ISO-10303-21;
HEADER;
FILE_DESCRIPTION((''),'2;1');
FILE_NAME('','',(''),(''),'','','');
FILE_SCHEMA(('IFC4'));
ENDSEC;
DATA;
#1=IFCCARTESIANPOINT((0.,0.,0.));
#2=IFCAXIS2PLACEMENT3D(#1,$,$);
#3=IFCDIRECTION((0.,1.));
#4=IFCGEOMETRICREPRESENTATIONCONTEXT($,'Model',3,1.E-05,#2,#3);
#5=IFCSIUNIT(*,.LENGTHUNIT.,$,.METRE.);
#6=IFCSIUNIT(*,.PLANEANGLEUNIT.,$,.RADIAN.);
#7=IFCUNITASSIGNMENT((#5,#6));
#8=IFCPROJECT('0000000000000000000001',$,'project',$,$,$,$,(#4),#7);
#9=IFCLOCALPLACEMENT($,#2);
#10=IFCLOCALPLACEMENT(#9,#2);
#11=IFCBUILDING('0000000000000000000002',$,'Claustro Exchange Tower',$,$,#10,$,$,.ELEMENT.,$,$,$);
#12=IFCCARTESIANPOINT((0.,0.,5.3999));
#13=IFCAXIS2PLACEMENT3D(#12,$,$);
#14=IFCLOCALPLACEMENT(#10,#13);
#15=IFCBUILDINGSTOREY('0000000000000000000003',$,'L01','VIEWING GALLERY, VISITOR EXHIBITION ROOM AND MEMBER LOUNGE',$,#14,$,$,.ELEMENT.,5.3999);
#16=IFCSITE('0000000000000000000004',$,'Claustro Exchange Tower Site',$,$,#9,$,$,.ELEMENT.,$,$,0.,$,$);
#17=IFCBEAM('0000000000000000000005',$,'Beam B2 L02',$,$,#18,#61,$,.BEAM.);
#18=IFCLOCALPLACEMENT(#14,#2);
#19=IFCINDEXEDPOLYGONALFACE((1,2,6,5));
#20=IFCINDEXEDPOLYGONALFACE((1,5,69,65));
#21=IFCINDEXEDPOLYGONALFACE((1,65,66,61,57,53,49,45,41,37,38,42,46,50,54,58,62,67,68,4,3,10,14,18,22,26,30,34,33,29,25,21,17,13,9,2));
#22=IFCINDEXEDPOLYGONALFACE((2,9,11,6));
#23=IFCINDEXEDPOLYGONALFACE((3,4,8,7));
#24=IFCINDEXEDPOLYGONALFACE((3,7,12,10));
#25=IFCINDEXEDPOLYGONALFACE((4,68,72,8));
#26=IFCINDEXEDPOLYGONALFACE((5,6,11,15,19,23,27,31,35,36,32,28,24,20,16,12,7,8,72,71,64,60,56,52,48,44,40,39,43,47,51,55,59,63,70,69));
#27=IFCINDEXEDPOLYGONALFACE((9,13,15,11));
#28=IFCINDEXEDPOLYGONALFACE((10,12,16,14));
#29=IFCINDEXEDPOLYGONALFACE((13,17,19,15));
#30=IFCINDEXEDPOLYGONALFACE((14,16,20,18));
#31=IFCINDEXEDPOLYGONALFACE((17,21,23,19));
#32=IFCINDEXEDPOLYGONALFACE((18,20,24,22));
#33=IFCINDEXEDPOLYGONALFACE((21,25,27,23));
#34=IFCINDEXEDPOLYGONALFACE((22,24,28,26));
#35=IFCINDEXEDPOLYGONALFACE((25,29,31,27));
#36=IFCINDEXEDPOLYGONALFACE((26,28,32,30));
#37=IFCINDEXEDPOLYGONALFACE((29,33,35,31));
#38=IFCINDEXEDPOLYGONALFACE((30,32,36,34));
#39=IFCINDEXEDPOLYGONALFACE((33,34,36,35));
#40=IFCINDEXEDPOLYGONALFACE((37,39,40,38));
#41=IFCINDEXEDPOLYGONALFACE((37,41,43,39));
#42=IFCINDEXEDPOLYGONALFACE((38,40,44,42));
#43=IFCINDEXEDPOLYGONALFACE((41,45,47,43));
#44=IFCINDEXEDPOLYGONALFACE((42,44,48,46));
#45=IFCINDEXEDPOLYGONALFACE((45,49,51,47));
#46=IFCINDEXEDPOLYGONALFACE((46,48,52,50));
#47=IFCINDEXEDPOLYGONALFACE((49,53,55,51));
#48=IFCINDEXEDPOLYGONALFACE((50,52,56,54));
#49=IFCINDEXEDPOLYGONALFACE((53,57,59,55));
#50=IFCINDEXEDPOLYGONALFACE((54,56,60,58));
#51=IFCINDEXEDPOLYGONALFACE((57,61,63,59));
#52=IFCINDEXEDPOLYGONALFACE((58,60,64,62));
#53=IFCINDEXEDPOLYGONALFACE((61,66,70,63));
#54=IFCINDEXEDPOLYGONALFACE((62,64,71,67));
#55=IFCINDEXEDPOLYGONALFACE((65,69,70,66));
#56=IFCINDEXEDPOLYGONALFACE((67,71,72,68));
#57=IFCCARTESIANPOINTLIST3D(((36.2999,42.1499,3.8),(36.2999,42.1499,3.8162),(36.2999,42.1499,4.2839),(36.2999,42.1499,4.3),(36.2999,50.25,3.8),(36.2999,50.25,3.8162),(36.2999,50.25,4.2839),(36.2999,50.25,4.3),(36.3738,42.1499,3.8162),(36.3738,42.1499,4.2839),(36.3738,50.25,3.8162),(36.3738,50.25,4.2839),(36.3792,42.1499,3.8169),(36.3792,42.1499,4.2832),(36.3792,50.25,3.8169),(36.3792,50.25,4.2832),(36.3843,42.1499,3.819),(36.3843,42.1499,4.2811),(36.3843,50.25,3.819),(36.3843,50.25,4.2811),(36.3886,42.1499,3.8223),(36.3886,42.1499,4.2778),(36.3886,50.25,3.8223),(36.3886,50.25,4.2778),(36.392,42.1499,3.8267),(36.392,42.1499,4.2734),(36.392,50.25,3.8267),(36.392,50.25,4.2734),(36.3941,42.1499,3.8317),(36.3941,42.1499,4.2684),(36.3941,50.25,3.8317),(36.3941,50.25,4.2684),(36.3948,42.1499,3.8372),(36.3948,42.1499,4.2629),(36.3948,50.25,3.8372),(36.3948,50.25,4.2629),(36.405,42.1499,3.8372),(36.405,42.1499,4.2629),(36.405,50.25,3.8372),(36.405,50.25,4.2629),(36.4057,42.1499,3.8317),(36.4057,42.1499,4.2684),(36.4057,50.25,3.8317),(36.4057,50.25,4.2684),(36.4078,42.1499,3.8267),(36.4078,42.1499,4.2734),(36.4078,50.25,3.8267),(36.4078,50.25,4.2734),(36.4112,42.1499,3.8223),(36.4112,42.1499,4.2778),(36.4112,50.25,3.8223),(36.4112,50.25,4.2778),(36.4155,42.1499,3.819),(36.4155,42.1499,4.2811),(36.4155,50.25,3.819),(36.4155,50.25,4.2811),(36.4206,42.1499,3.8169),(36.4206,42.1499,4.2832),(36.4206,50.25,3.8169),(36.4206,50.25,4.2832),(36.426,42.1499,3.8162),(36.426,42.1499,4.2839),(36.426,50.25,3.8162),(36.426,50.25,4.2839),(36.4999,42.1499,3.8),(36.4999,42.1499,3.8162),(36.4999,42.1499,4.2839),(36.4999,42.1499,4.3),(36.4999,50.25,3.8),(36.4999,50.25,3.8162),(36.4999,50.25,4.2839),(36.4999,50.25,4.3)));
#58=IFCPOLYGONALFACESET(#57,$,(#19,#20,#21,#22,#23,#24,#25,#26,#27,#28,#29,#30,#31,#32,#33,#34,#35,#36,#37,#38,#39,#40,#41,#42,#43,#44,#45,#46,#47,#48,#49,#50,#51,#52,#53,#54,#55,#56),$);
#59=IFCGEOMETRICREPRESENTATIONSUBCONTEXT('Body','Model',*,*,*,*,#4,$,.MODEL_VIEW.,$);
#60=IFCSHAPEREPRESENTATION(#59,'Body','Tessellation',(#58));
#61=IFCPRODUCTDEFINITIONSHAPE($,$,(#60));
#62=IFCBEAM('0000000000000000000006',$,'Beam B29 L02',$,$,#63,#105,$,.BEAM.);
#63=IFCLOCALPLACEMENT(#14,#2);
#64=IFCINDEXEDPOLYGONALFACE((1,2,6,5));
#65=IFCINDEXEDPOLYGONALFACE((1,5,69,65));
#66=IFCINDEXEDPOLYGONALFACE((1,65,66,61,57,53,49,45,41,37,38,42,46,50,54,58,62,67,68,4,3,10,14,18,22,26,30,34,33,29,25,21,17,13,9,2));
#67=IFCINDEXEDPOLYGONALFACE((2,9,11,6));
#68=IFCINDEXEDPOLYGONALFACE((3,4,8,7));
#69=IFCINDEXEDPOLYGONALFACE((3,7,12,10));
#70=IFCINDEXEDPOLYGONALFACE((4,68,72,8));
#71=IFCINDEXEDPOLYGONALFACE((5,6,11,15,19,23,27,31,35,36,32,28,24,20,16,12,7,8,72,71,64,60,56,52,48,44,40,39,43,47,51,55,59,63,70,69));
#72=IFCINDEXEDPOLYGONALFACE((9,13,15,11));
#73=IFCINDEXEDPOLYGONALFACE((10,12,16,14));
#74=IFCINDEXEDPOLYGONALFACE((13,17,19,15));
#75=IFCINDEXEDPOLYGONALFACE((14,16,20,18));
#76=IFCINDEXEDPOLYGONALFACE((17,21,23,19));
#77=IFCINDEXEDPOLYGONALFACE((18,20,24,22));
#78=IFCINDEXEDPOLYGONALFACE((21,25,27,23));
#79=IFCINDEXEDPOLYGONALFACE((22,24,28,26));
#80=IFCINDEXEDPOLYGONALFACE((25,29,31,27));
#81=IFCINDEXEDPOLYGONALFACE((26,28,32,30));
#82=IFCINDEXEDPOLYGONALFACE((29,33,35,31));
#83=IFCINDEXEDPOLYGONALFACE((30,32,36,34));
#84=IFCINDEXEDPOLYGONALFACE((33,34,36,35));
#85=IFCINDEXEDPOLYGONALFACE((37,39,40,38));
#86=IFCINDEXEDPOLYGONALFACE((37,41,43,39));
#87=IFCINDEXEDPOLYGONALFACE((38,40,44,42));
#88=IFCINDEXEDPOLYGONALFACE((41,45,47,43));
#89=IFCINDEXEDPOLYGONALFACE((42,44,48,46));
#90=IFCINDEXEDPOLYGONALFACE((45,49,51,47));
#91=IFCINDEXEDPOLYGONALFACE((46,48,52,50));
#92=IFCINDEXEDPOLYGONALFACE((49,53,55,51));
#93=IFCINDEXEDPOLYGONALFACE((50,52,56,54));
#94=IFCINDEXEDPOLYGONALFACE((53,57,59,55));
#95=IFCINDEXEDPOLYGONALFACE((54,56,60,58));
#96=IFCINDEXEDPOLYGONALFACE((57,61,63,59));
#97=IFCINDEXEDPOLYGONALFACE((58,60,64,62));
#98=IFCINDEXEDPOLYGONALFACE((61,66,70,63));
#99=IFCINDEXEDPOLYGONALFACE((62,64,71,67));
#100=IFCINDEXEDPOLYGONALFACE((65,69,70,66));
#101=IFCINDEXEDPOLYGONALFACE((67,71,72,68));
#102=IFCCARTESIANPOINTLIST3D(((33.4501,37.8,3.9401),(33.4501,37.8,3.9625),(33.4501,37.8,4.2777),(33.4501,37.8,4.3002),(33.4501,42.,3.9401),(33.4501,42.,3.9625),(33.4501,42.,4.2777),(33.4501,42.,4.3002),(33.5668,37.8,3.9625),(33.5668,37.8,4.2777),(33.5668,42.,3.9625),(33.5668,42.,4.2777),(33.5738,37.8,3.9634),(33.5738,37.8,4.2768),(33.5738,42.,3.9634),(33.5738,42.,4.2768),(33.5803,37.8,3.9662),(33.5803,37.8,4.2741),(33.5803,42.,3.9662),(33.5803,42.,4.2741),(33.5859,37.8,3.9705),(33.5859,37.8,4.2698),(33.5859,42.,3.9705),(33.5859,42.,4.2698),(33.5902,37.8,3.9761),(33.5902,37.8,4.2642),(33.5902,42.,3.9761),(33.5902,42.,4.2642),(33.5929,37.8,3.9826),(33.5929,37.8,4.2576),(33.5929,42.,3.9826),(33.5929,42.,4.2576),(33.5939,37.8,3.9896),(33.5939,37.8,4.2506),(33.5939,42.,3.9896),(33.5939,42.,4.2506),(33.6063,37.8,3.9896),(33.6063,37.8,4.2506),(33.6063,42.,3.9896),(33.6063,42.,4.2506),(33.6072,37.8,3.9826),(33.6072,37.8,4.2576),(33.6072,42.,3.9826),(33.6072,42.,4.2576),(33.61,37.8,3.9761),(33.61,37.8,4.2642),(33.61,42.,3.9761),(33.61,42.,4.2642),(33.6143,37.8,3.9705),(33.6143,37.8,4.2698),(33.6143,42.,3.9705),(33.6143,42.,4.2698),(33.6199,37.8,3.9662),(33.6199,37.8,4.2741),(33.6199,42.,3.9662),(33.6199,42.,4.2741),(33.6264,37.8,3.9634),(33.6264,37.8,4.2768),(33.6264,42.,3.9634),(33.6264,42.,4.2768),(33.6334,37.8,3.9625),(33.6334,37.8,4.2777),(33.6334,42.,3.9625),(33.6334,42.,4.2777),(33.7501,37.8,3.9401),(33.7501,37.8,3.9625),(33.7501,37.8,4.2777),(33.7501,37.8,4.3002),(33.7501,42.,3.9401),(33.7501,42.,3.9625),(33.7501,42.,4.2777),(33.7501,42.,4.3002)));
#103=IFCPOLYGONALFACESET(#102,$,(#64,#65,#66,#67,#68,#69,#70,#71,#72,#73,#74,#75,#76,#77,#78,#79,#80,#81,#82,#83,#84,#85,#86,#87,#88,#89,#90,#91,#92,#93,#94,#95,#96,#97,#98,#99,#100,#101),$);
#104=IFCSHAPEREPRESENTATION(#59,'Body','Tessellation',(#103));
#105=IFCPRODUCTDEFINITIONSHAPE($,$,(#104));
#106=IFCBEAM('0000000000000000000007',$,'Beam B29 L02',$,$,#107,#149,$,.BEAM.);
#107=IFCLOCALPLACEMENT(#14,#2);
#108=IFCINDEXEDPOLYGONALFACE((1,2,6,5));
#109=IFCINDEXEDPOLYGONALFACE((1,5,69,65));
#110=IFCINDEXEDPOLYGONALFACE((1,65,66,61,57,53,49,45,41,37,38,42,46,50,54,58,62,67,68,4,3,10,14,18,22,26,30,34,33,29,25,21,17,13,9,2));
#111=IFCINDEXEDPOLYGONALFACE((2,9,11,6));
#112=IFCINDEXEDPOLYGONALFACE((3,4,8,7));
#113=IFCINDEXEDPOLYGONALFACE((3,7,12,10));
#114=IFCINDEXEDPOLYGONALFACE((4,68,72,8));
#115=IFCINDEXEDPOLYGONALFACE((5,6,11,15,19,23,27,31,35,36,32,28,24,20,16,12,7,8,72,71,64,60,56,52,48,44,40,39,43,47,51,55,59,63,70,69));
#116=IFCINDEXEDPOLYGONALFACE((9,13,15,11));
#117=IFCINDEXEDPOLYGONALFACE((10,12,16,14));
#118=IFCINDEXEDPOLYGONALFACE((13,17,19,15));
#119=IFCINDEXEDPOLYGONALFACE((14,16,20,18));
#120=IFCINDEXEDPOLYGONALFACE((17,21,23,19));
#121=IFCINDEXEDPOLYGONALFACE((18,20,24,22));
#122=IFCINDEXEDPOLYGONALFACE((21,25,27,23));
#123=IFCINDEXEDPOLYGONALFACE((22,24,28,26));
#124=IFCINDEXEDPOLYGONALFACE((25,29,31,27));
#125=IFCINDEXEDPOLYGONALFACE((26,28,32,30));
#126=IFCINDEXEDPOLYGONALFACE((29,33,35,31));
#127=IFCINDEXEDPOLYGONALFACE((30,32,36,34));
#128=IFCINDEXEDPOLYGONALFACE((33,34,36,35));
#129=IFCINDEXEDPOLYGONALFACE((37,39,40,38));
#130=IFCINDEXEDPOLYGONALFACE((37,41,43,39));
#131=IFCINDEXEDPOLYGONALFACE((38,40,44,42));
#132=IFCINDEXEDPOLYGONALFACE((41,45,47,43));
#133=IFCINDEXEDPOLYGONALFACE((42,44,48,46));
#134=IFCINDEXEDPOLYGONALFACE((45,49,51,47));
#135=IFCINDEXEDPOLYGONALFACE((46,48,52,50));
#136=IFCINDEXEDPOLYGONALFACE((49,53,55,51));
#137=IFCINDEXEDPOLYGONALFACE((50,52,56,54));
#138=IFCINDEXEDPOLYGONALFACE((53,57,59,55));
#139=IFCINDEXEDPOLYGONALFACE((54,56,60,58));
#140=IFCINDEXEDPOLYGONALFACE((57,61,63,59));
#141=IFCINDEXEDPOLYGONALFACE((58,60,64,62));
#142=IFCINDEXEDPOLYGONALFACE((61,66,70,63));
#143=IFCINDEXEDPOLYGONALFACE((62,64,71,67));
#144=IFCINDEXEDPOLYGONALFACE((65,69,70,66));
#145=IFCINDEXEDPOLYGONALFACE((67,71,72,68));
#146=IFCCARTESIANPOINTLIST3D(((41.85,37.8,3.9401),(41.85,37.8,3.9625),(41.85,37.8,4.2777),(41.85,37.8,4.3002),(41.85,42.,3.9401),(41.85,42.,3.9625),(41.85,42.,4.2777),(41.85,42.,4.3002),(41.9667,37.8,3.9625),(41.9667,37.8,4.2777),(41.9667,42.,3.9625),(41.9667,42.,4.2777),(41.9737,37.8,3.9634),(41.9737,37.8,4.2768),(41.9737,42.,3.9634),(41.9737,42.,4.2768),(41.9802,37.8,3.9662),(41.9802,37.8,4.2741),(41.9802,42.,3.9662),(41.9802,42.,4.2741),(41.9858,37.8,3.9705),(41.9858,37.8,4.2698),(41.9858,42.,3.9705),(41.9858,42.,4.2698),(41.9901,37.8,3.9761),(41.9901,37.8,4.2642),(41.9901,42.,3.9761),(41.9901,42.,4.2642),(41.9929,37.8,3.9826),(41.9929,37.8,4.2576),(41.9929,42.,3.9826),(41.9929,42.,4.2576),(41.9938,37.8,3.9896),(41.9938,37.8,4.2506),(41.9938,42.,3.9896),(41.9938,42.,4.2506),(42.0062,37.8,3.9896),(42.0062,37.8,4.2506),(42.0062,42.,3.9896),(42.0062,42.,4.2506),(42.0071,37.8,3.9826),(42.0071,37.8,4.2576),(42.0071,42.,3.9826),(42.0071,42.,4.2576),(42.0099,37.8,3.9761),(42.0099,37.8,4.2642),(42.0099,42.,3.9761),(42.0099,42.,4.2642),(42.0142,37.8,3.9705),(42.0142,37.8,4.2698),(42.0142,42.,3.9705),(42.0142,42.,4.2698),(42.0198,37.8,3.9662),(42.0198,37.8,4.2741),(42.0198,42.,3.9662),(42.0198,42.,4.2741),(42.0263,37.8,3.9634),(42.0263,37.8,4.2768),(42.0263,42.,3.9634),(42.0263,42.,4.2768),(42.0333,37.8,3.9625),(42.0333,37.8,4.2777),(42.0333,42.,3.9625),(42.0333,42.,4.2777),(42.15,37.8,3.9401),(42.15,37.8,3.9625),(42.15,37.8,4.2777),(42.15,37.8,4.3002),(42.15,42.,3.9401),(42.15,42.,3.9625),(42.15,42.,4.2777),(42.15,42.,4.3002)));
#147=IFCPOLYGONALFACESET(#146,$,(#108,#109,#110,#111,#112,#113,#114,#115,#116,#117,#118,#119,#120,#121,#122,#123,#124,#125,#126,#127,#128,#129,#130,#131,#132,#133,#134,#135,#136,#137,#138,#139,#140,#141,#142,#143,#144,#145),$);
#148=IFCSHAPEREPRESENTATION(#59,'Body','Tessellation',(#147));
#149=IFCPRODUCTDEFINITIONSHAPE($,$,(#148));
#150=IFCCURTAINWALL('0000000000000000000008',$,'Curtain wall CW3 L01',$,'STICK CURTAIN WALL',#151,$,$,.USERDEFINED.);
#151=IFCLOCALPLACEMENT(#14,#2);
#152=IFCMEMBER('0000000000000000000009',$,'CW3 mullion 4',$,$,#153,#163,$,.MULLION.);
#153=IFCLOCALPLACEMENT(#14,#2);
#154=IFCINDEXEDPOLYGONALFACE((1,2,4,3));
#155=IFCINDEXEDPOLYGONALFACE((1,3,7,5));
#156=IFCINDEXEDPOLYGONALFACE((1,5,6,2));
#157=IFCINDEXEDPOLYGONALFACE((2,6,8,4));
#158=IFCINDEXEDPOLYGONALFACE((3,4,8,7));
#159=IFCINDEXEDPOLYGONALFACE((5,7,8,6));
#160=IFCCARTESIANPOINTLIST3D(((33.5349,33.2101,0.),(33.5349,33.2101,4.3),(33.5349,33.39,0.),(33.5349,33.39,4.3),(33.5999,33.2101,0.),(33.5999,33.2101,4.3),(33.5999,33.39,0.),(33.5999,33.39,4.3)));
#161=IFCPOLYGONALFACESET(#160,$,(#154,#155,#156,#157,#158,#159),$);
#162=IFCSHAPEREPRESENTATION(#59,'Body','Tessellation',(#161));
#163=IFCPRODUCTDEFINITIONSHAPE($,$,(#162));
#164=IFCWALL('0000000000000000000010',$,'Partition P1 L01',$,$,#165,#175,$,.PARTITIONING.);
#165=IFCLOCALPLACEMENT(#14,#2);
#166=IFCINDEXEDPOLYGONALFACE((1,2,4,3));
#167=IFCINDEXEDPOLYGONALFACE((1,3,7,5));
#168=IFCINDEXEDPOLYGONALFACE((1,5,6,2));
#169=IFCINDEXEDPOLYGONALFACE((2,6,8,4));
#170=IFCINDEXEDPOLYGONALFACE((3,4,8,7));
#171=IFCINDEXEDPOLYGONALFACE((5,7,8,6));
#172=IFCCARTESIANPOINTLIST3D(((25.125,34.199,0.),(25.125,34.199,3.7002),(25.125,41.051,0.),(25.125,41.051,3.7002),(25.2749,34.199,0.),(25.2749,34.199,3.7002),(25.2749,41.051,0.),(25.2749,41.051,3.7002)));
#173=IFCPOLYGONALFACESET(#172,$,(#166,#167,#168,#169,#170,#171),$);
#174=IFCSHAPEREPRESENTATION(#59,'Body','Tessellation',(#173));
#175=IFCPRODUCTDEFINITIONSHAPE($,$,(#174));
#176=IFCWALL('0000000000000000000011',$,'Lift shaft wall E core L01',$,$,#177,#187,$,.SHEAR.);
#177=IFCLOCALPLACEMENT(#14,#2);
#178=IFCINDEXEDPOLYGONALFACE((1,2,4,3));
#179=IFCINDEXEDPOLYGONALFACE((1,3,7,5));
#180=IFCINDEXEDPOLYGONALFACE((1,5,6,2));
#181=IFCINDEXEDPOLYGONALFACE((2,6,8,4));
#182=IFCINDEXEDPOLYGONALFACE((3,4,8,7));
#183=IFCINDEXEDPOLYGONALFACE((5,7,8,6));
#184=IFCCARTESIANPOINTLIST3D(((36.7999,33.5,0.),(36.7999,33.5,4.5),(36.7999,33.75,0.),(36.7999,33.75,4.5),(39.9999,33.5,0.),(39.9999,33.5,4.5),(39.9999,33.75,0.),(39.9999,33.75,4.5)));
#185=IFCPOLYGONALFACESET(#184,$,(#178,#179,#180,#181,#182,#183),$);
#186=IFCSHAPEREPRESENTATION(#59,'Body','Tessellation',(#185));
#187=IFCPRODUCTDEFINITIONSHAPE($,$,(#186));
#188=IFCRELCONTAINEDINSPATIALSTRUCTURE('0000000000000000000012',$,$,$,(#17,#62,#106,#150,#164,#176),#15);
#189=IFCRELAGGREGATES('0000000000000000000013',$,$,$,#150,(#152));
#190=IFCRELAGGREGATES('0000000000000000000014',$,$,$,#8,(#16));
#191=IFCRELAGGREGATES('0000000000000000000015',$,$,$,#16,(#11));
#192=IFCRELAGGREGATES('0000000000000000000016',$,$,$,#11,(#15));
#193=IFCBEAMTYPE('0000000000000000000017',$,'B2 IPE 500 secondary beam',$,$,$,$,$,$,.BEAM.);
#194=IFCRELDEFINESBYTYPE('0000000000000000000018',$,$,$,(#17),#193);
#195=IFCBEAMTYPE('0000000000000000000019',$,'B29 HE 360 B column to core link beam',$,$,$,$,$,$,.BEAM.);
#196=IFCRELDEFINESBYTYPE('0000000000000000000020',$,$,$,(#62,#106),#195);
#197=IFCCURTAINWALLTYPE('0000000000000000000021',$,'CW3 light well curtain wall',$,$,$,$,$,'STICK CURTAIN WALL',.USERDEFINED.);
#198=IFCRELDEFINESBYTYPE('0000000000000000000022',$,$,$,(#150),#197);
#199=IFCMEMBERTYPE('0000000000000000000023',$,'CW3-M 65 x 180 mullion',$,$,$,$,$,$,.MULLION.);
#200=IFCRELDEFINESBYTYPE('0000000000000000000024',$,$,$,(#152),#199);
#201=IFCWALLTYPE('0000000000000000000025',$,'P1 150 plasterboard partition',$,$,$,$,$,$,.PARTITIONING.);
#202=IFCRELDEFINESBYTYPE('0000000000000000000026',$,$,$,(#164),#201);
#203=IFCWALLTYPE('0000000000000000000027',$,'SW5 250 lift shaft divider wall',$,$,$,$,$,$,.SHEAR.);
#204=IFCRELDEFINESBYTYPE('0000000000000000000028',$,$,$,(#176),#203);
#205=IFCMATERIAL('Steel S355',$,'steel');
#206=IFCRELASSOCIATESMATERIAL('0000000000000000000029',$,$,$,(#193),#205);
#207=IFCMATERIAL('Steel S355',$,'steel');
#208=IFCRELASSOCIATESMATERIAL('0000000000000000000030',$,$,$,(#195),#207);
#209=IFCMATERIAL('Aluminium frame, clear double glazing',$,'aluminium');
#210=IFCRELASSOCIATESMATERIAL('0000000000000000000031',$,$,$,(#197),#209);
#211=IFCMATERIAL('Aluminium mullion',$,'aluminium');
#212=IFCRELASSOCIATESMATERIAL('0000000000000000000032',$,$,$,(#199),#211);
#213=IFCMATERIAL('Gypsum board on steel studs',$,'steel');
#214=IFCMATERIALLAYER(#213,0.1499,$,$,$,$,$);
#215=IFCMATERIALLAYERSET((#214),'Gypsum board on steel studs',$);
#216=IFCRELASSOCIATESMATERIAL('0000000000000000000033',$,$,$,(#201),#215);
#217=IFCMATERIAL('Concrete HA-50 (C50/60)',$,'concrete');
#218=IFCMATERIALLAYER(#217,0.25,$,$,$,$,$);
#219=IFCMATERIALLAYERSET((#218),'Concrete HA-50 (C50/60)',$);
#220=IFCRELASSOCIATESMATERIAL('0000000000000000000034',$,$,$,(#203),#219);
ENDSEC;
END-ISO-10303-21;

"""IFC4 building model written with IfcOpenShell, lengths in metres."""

from ifc_helpers import new_model, si_unit, direction, frame, frame_2d, origin, origin_2d, place, context, subcontext, project, spatial, rectangle, i_section, extrude, material, layer, layer_set, material_profile, profile_set, type_object, element, aggregate, save


model = new_model("IFC4")

# Units and contexts
model_context = context("Model", 3, precision=1e-05, world=origin(), true_north=direction((0.0, 1.0)))
body_context = subcontext(model_context, "Body", "Model", "MODEL_VIEW")
ifc_project = project(units=[si_unit("LENGTHUNIT", "METRE"), si_unit("PLANEANGLEUNIT", "RADIAN")], contexts=[model_context])

# Site, building, storey
site_placement = place(None, origin())
site = spatial("IfcSite", under=ifc_project, at=site_placement, Name="Claustro Exchange Tower Site", CompositionType="ELEMENT", RefElevation=0.0)
building_placement = place(site_placement, origin())
building = spatial("IfcBuilding", under=site, at=building_placement, Name="Claustro Exchange Tower", CompositionType="ELEMENT")
storey_placement = place(building_placement, frame((0.0, 0.0, 5.3999)))
storey = spatial("IfcBuildingStorey", under=building, at=storey_placement, Name="L01", Description="VIEWING GALLERY, VISITOR EXHIBITION ROOM AND MEMBER LOUNGE", CompositionType="ELEMENT", Elevation=5.3999)

# Beams
ifc_material_1 = material(Name="Steel S355", Category="steel")
ifc_material_profile_1 = material_profile(ifc_material_1, i_section(OverallWidth=0.2, OverallDepth=0.5, WebThickness=0.0103, FlangeThickness=0.0161, FilletRadius=0.021, at=origin_2d()), Name="IPE 500")
ifc_profile_set_1 = profile_set([ifc_material_profile_1], Name="Steel S355")
beam_type_1 = type_object("IfcBeamType", Name="B2 IPE 500 secondary beam", PredefinedType="BEAM", material=ifc_profile_set_1)
for number, where, z_axis, x_axis, name in (
    (1, (36.3999, 42.1499, 4.05), (0.0, 1.0, 0.0), (-1.0, 0.0, 0.0), "Beam B2 L02"),
):
    element("IfcBeam", number, at=place(storey_placement, frame(where, z_axis=z_axis, x_axis=x_axis)), inside=storey, type_object=beam_type_1, Name=name, PredefinedType="BEAM", context=body_context, shape_type="SweptSolid", body=[
        extrude(i_section(OverallWidth=0.2, OverallDepth=0.5, WebThickness=0.0103, FlangeThickness=0.0161, FilletRadius=0.021, at=origin_2d()), origin(), (0.0, 0.0, 1.0), 8.1001),
    ])
ifc_material_2 = material(Name="Steel S355", Category="steel")
ifc_material_profile_2 = material_profile(ifc_material_2, i_section(OverallWidth=0.3, OverallDepth=0.3601, WebThickness=0.0125, FlangeThickness=0.0225, FilletRadius=0.0271, at=origin_2d()), Name="HE 360 B")
ifc_profile_set_2 = profile_set([ifc_material_profile_2], Name="Steel S355")
beam_type_2 = type_object("IfcBeamType", Name="B29 HE 360 B column to core link beam", PredefinedType="BEAM", material=ifc_profile_set_2)
for number, where, z_axis, x_axis, name in (
    (2, (33.6001, 37.8, 4.1201), (0.0, 1.0, 0.0), (-1.0, 0.0, 0.0), "Beam B29 L02"),
    (3, (42.0, 37.8, 4.1201), (0.0, 1.0, 0.0), (-1.0, 0.0, 0.0), "Beam B29 L02"),
):
    element("IfcBeam", number, at=place(storey_placement, frame(where, z_axis=z_axis, x_axis=x_axis)), inside=storey, type_object=beam_type_2, Name=name, PredefinedType="BEAM", context=body_context, shape_type="SweptSolid", body=[
        extrude(i_section(OverallWidth=0.3, OverallDepth=0.3601, WebThickness=0.0125, FlangeThickness=0.0225, FilletRadius=0.0271, at=origin_2d()), origin(), (0.0, 0.0, 1.0), 4.2),
    ])

# Curtain wall, member
ifc_material_3 = material(Name="Aluminium frame, clear double glazing", Category="aluminium")
curtain_wall_type = type_object("IfcCurtainWallType", Name="CW3 light well curtain wall", ElementType="STICK CURTAIN WALL", PredefinedType="USERDEFINED", material=ifc_material_3)
curtain_wall_placement = place(storey_placement, origin())
curtain_wall = element("IfcCurtainWall", 4, at=curtain_wall_placement, inside=storey, type_object=curtain_wall_type, Name="Curtain wall CW3 L01", ObjectType="STICK CURTAIN WALL", PredefinedType="USERDEFINED")
ifc_material_4 = material(Name="Aluminium mullion", Category="aluminium")
ifc_material_profile_3 = material_profile(ifc_material_4, rectangle(XDim=0.1799, YDim=0.0649, at=origin_2d()), Name="CW3-M 65x180")
ifc_profile_set_3 = profile_set([ifc_material_profile_3], Name="Aluminium mullion")
member_type = type_object("IfcMemberType", Name="CW3-M 65 x 180 mullion", PredefinedType="MULLION", material=ifc_profile_set_3)
member_placement = place(storey_placement, frame((33.5674, 33.3, 0.0), z_axis=(0.0, 0.0, 1.0), x_axis=(0.0, 1.0, 0.0)))
member = element("IfcMember", 5, at=member_placement, type_object=member_type, Name="CW3 mullion 4", PredefinedType="MULLION", context=body_context, shape_type="SweptSolid", body=[
    extrude(rectangle(XDim=0.1799, YDim=0.0649, at=origin_2d()), origin(), (0.0, 0.0, 1.0), 4.3),
])
aggregate(curtain_wall, [member])

# Wall
ifc_material_5 = material(Name="Gypsum board on steel studs", Category="steel")
ifc_layer_1 = layer(ifc_material_5, 0.1499)
ifc_layer_set_1 = layer_set([ifc_layer_1], Name="Gypsum board on steel studs")
wall_type_1 = type_object("IfcWallType", Name="P1 150 plasterboard partition", PredefinedType="PARTITIONING", material=ifc_layer_set_1)
wall_1_placement = place(storey_placement, frame((25.2, 34.199, 0.0), z_axis=(0.0, 0.0, 1.0), x_axis=(0.0, 1.0, 0.0)))
element("IfcWall", 6, at=wall_1_placement, inside=storey, type_object=wall_type_1, Name="Partition P1 L01", PredefinedType="PARTITIONING", context=body_context, shape_type="SweptSolid", body=[
    extrude(rectangle(XDim=6.8521, YDim=0.1499, at=frame_2d((3.426, 0.0))), origin(), (0.0, 0.0, 1.0), 3.7002),
])

# Wall
ifc_material_6 = material(Name="Concrete HA-50 (C50/60)", Category="concrete")
ifc_layer_2 = layer(ifc_material_6, 0.25)
ifc_layer_set_2 = layer_set([ifc_layer_2], Name="Concrete HA-50 (C50/60)")
wall_type_2 = type_object("IfcWallType", Name="SW5 250 lift shaft divider wall", PredefinedType="SHEAR", material=ifc_layer_set_2)
wall_2_placement = place(storey_placement, frame((40.0, 33.625, 0.0), z_axis=(0.0, 0.0, 1.0), x_axis=(-1.0, 0.0, 0.0)))
element("IfcWall", 7, at=wall_2_placement, inside=storey, type_object=wall_type_2, Name="Lift shaft wall E core L01", PredefinedType="SHEAR", context=body_context, shape_type="SweptSolid", body=[
    extrude(rectangle(XDim=3.2, YDim=0.25, at=frame_2d((1.6001, 0.0))), origin(), (0.0, 0.0, 1.0), 4.5),
])

save(model, "model.ifc")
